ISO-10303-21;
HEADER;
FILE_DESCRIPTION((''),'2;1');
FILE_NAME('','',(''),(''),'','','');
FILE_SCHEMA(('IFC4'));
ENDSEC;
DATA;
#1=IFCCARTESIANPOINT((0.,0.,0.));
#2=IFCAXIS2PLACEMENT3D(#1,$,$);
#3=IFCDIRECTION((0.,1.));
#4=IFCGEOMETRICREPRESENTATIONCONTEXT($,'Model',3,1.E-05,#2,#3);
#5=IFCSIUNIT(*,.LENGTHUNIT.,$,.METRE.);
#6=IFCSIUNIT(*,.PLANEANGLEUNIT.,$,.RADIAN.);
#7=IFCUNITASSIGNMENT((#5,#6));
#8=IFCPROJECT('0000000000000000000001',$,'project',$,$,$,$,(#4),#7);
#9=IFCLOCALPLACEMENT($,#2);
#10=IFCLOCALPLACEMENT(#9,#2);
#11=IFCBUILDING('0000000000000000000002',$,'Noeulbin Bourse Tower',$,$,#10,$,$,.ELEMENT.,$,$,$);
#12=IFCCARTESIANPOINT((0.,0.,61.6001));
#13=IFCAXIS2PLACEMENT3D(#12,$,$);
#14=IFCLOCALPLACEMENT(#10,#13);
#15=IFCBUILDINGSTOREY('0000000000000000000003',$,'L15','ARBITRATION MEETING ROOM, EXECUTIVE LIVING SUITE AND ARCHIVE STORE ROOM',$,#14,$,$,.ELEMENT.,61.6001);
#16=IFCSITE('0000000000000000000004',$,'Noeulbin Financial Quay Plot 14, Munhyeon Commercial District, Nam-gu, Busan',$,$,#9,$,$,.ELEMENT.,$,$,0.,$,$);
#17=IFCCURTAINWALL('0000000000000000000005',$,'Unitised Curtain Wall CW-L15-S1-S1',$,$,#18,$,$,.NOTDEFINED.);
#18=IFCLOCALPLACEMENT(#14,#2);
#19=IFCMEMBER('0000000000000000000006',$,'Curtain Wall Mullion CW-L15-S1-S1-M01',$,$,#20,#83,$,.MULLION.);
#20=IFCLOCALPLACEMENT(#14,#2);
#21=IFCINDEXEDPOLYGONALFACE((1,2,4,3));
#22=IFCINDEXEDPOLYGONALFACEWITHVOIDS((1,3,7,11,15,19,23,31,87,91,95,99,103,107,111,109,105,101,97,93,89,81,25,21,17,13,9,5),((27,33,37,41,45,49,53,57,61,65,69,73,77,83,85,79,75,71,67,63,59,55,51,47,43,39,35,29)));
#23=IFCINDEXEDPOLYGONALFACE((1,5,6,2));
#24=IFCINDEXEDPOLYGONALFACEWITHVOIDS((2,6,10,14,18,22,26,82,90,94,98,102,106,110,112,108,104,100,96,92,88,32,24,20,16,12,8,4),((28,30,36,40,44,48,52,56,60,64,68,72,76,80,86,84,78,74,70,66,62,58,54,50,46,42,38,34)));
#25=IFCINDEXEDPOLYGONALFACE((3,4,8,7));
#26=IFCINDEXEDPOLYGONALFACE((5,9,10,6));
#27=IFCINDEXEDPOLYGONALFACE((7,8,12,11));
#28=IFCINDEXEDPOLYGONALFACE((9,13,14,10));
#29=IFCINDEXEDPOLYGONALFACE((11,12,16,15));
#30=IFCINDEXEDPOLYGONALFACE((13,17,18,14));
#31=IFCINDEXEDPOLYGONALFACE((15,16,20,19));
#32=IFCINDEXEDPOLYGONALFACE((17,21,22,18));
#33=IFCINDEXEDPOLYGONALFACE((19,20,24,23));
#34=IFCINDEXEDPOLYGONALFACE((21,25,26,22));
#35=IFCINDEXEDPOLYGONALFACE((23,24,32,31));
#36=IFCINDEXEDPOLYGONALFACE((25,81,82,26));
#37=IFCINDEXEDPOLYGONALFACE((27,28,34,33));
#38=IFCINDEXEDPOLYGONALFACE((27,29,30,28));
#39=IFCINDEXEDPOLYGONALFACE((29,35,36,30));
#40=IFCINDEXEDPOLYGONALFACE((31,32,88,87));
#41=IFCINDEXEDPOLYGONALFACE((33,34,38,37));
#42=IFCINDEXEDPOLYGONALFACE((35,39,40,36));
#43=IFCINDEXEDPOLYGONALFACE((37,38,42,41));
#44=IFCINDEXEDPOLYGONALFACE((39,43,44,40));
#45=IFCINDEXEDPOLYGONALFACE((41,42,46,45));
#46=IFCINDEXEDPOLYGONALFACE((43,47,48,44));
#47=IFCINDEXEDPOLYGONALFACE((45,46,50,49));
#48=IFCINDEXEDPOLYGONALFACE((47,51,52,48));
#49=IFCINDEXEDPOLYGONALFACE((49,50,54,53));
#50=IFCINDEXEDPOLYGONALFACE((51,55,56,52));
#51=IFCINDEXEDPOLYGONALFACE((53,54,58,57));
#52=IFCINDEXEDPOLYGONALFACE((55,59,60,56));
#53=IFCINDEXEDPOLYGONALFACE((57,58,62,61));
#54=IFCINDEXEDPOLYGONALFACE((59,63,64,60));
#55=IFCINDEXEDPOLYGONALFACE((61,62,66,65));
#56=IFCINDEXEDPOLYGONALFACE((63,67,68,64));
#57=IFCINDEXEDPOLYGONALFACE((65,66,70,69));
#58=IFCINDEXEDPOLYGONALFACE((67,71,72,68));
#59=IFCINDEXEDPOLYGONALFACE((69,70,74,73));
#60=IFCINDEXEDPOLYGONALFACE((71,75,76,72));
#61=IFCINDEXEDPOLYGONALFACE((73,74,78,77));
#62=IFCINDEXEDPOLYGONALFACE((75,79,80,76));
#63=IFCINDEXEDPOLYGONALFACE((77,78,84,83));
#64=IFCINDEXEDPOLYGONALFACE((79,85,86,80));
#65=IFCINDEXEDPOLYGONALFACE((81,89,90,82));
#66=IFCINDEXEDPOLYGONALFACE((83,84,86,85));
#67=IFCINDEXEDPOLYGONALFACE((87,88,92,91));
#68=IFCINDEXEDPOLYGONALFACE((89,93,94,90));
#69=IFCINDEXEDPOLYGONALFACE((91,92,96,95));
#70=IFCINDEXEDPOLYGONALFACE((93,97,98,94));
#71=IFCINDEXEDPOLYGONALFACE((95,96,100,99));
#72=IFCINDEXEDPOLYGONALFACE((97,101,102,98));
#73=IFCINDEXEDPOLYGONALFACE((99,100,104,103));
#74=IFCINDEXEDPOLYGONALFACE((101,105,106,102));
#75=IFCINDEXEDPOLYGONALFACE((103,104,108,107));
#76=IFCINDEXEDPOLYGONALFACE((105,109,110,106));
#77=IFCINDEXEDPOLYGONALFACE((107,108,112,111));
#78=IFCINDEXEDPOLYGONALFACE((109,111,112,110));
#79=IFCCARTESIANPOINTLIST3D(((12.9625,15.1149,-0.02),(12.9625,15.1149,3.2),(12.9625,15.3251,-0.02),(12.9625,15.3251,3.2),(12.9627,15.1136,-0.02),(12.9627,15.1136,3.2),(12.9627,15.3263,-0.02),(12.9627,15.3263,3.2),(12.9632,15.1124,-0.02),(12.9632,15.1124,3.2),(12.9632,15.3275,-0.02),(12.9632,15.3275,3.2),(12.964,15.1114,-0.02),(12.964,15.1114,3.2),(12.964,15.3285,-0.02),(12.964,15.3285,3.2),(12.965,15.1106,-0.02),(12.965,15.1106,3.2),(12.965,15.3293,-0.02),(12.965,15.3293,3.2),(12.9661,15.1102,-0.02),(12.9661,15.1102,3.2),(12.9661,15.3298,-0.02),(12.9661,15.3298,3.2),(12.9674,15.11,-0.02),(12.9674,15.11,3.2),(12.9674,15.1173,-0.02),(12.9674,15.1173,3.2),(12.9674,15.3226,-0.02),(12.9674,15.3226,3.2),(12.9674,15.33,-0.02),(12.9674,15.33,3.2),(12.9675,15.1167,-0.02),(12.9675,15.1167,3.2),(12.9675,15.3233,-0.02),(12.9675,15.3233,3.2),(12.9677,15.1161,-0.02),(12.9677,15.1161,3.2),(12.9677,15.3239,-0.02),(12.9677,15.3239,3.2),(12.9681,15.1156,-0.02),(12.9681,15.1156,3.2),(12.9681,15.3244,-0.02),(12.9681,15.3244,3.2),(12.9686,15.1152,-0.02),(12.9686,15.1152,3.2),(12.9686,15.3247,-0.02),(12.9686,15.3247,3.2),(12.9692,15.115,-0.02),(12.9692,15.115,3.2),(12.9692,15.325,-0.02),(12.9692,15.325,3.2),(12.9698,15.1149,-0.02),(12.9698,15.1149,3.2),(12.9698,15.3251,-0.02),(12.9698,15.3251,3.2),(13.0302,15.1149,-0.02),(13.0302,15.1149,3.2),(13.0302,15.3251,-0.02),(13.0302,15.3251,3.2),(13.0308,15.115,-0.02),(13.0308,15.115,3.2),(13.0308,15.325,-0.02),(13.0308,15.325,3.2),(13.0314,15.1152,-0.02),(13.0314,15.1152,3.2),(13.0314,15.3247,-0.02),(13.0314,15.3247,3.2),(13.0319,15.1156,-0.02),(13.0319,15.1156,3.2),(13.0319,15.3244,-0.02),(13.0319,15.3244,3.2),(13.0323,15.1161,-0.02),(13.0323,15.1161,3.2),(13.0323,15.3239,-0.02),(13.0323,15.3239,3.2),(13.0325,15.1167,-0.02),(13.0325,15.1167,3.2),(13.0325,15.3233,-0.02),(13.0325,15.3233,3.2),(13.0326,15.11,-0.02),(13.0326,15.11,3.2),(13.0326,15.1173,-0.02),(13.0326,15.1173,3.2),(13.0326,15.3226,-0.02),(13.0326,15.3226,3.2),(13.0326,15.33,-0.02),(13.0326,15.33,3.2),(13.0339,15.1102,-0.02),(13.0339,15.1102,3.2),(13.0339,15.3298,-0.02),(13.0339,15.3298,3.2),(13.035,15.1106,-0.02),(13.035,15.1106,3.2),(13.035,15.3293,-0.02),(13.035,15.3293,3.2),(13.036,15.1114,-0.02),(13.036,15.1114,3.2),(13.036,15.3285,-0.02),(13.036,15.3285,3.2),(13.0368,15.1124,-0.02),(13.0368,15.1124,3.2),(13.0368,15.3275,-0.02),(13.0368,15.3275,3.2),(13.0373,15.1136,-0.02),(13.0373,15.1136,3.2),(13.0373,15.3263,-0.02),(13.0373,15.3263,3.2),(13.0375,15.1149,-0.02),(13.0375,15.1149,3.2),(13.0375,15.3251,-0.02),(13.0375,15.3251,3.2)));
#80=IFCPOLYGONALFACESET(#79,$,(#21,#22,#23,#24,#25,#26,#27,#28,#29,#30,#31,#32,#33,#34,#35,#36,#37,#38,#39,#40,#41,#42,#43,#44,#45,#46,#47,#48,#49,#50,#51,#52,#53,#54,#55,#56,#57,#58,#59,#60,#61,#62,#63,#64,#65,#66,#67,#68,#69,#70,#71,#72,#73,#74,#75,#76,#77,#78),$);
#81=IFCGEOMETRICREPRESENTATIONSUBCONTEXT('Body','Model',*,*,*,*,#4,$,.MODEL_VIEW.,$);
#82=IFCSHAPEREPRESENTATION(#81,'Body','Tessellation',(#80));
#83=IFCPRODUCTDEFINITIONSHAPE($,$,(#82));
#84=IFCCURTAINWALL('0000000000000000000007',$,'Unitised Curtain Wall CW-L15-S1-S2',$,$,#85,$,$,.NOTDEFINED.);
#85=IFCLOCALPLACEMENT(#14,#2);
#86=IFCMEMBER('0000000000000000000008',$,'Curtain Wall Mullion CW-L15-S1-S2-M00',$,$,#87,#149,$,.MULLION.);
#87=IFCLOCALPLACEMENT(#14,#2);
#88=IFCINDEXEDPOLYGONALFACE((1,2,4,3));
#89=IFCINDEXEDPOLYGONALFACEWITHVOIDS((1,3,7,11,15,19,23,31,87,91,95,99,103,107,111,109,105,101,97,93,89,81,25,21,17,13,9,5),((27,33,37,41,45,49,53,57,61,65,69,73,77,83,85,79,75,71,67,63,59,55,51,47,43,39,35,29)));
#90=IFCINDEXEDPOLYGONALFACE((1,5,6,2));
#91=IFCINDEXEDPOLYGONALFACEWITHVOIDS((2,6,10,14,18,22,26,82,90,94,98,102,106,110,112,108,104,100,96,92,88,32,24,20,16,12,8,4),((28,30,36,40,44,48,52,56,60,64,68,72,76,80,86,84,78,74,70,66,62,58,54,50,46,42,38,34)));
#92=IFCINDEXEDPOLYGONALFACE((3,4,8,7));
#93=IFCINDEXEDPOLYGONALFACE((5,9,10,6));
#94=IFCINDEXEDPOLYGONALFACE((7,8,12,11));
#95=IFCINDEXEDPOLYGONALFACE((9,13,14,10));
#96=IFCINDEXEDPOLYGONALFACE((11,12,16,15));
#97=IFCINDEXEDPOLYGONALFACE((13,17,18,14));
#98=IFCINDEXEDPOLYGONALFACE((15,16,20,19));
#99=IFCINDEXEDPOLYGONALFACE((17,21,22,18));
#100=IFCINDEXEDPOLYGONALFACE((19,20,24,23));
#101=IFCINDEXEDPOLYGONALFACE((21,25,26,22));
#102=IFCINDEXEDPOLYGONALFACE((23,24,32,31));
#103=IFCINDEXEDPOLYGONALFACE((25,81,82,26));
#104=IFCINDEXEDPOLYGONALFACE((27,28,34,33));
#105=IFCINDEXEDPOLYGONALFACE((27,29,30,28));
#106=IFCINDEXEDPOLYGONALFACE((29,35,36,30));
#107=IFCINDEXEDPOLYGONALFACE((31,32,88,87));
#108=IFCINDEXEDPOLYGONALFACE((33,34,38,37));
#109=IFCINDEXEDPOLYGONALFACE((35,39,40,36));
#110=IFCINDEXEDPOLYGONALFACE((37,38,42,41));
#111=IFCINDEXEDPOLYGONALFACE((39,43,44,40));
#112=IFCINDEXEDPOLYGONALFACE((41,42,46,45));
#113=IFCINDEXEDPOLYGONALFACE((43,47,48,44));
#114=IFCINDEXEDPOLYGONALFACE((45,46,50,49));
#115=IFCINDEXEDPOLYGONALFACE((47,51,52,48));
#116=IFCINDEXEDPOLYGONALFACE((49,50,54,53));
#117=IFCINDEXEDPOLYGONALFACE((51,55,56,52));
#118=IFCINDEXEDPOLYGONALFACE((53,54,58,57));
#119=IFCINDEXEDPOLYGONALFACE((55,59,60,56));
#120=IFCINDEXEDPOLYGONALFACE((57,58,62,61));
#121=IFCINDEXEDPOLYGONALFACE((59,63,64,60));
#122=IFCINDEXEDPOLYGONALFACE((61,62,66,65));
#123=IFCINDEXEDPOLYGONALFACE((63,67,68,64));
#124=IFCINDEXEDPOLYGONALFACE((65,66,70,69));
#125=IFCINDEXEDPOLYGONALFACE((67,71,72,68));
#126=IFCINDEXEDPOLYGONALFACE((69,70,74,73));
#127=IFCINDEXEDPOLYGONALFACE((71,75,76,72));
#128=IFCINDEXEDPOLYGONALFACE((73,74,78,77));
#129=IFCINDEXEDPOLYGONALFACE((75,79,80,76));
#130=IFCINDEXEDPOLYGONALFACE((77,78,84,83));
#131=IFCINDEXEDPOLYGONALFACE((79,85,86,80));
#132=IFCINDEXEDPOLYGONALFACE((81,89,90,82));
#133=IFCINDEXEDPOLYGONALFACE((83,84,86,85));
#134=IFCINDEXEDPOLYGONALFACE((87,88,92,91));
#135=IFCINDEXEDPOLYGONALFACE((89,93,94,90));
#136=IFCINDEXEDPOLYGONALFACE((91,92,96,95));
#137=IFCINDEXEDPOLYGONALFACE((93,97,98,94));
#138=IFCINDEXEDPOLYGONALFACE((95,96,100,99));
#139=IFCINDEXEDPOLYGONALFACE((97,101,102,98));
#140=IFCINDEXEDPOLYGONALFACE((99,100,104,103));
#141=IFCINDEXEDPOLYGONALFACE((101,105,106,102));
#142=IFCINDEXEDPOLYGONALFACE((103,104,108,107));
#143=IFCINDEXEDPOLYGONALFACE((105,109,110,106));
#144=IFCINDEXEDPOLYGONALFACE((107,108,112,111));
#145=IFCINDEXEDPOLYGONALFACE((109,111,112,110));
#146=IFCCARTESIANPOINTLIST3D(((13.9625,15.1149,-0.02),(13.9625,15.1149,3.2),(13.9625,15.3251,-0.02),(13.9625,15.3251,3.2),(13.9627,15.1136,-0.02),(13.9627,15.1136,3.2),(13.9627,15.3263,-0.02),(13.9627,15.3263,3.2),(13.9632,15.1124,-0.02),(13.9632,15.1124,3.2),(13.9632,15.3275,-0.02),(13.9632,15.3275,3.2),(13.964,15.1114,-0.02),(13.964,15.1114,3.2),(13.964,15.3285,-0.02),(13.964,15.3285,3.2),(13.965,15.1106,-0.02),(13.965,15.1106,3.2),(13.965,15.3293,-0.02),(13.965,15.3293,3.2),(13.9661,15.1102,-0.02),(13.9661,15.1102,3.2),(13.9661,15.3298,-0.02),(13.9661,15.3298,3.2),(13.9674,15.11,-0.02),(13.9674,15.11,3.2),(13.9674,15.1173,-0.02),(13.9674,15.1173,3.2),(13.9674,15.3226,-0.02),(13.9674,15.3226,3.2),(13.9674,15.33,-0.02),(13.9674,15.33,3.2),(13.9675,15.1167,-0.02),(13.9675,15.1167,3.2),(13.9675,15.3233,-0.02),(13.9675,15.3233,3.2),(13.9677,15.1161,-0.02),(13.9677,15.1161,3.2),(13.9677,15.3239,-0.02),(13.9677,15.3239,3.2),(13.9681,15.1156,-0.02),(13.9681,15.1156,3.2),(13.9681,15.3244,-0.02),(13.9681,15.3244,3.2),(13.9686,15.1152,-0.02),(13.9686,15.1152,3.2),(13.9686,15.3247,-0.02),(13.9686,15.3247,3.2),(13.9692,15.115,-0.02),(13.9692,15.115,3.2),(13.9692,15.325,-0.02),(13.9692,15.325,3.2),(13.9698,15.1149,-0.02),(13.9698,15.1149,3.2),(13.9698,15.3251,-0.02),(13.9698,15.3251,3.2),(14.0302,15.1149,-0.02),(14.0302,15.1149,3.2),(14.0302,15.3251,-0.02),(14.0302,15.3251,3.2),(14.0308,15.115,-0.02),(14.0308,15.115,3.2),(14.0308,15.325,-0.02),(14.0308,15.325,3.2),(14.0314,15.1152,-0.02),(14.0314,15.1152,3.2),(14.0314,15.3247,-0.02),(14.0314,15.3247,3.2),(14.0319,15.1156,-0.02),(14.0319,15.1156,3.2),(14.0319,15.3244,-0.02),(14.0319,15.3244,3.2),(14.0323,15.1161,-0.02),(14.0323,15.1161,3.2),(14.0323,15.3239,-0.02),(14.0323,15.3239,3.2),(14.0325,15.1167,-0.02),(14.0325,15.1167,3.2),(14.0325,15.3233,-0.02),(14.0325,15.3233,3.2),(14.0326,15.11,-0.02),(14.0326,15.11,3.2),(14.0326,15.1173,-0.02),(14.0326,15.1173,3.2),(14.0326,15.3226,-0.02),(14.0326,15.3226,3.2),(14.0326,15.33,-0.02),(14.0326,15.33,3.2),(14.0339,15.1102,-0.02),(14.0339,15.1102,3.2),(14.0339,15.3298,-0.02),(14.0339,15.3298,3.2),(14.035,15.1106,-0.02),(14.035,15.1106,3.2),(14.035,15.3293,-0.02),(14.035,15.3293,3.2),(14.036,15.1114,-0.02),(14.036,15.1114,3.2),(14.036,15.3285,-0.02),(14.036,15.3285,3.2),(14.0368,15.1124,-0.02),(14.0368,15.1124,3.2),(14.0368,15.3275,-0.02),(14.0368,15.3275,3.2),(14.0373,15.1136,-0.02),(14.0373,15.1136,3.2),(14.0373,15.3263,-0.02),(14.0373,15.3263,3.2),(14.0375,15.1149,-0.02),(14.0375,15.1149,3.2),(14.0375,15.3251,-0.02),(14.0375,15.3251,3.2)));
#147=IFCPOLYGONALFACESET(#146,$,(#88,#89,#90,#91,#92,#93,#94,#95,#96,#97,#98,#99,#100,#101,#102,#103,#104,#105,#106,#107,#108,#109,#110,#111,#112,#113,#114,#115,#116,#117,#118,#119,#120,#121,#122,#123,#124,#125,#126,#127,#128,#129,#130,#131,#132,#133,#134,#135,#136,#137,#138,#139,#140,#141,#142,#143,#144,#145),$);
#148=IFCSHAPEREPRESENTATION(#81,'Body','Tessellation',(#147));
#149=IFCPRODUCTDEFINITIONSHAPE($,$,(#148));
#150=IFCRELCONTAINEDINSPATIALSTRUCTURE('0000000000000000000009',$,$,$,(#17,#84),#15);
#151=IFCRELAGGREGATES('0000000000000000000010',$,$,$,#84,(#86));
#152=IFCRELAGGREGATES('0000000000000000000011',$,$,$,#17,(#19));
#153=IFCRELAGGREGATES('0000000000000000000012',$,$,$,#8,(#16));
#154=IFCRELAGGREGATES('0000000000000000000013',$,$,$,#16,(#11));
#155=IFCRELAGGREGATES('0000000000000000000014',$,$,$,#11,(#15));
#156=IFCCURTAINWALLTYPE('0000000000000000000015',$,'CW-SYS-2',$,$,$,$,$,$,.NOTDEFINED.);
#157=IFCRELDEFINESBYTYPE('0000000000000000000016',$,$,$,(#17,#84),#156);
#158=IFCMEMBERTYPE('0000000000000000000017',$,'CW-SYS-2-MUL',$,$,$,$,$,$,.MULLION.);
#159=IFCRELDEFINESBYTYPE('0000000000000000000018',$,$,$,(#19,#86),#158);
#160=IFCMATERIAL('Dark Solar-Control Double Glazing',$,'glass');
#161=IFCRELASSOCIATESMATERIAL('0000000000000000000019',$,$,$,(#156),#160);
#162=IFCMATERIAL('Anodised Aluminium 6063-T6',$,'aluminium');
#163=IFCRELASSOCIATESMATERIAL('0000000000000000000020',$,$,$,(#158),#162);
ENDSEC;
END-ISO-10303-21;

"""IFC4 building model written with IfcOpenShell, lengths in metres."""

from ifc_helpers import new_model, si_unit, direction, frame, origin, origin_2d, place, context, subcontext, project, spatial, hollow_rectangle, extrude, material, material_profile, profile_set, type_object, element, aggregate, save


model = new_model("IFC4")

# Units and contexts
model_context = context("Model", 3, precision=1e-05, world=origin(), true_north=direction((0.0, 1.0)))
body_context = subcontext(model_context, "Body", "Model", "MODEL_VIEW")
ifc_project = project(units=[si_unit("LENGTHUNIT", "METRE"), si_unit("PLANEANGLEUNIT", "RADIAN")], contexts=[model_context])

# Site, building, storey
site_placement = place(None, origin())
site = spatial("IfcSite", under=ifc_project, at=site_placement, Name="Noeulbin Financial Quay Plot 14, Munhyeon Commercial District, Nam-gu, Busan", CompositionType="ELEMENT", RefElevation=0.0)
building_placement = place(site_placement, origin())
building = spatial("IfcBuilding", under=site, at=building_placement, Name="Noeulbin Bourse Tower", CompositionType="ELEMENT")
storey_placement = place(building_placement, frame((0.0, 0.0, 61.6001)))
storey = spatial("IfcBuildingStorey", under=building, at=storey_placement, Name="L15", Description="ARBITRATION MEETING ROOM, EXECUTIVE LIVING SUITE AND ARCHIVE STORE ROOM", CompositionType="ELEMENT", Elevation=61.6001)

# Curtain wall, member
ifc_material_1 = material(Name="Dark Solar-Control Double Glazing", Category="glass")
curtain_wall_type = type_object("IfcCurtainWallType", Name="CW-SYS-2", PredefinedType="NOTDEFINED", material=ifc_material_1)
curtain_wall_1_placement = place(storey_placement, origin())
curtain_wall_1 = element("IfcCurtainWall", 1, at=curtain_wall_1_placement, inside=storey, type_object=curtain_wall_type, Name="Unitised Curtain Wall CW-L15-S1-S1", PredefinedType="NOTDEFINED")
ifc_material_2 = material(Name="Anodised Aluminium 6063-T6", Category="aluminium")
ifc_material_profile_1 = material_profile(ifc_material_2, hollow_rectangle(XDim=0.075, YDim=0.22, WallThickness=0.0049, InnerFilletRadius=0.0024, OuterFilletRadius=0.0049, at=origin_2d()), Name="ALU-MULL-75x220x5", Category="LoadBearing")
ifc_profile_set_1 = profile_set([ifc_material_profile_1], Name="Anodised Aluminium 6063-T6")
member_type_1 = type_object("IfcMemberType", Name="CW-SYS-2-MUL", PredefinedType="MULLION", material=ifc_profile_set_1)
member_1_placement = place(storey_placement, frame((13.0, 15.22, -0.02), z_axis=(0.0, 0.0, 1.0), x_axis=(1.0, 0.0, 0.0)))
member_1 = element("IfcMember", 2, at=member_1_placement, type_object=member_type_1, Name="Curtain Wall Mullion CW-L15-S1-S1-M01", PredefinedType="MULLION", context=body_context, shape_type="SweptSolid", body=[
    extrude(hollow_rectangle(XDim=0.075, YDim=0.22, WallThickness=0.0049, InnerFilletRadius=0.0024, OuterFilletRadius=0.0049, at=origin_2d()), origin(), (0.0, 0.0, 1.0), 3.22),
])

# Curtain wall, member
curtain_wall_2_placement = place(storey_placement, origin())
curtain_wall_2 = element("IfcCurtainWall", 3, at=curtain_wall_2_placement, inside=storey, type_object=curtain_wall_type, Name="Unitised Curtain Wall CW-L15-S1-S2", PredefinedType="NOTDEFINED")
member_2_placement = place(storey_placement, frame((14.0, 15.22, -0.02), z_axis=(0.0, 0.0, 1.0), x_axis=(1.0, 0.0, 0.0)))
member_2 = element("IfcMember", 4, at=member_2_placement, type_object=member_type_1, Name="Curtain Wall Mullion CW-L15-S1-S2-M00", PredefinedType="MULLION", context=body_context, shape_type="SweptSolid", body=[
    extrude(hollow_rectangle(XDim=0.075, YDim=0.22, WallThickness=0.0049, InnerFilletRadius=0.0024, OuterFilletRadius=0.0049, at=origin_2d()), origin(), (0.0, 0.0, 1.0), 3.22),
])

aggregate(curtain_wall_2, [member_2])

aggregate(curtain_wall_1, [member_1])

save(model, "model.ifc")
